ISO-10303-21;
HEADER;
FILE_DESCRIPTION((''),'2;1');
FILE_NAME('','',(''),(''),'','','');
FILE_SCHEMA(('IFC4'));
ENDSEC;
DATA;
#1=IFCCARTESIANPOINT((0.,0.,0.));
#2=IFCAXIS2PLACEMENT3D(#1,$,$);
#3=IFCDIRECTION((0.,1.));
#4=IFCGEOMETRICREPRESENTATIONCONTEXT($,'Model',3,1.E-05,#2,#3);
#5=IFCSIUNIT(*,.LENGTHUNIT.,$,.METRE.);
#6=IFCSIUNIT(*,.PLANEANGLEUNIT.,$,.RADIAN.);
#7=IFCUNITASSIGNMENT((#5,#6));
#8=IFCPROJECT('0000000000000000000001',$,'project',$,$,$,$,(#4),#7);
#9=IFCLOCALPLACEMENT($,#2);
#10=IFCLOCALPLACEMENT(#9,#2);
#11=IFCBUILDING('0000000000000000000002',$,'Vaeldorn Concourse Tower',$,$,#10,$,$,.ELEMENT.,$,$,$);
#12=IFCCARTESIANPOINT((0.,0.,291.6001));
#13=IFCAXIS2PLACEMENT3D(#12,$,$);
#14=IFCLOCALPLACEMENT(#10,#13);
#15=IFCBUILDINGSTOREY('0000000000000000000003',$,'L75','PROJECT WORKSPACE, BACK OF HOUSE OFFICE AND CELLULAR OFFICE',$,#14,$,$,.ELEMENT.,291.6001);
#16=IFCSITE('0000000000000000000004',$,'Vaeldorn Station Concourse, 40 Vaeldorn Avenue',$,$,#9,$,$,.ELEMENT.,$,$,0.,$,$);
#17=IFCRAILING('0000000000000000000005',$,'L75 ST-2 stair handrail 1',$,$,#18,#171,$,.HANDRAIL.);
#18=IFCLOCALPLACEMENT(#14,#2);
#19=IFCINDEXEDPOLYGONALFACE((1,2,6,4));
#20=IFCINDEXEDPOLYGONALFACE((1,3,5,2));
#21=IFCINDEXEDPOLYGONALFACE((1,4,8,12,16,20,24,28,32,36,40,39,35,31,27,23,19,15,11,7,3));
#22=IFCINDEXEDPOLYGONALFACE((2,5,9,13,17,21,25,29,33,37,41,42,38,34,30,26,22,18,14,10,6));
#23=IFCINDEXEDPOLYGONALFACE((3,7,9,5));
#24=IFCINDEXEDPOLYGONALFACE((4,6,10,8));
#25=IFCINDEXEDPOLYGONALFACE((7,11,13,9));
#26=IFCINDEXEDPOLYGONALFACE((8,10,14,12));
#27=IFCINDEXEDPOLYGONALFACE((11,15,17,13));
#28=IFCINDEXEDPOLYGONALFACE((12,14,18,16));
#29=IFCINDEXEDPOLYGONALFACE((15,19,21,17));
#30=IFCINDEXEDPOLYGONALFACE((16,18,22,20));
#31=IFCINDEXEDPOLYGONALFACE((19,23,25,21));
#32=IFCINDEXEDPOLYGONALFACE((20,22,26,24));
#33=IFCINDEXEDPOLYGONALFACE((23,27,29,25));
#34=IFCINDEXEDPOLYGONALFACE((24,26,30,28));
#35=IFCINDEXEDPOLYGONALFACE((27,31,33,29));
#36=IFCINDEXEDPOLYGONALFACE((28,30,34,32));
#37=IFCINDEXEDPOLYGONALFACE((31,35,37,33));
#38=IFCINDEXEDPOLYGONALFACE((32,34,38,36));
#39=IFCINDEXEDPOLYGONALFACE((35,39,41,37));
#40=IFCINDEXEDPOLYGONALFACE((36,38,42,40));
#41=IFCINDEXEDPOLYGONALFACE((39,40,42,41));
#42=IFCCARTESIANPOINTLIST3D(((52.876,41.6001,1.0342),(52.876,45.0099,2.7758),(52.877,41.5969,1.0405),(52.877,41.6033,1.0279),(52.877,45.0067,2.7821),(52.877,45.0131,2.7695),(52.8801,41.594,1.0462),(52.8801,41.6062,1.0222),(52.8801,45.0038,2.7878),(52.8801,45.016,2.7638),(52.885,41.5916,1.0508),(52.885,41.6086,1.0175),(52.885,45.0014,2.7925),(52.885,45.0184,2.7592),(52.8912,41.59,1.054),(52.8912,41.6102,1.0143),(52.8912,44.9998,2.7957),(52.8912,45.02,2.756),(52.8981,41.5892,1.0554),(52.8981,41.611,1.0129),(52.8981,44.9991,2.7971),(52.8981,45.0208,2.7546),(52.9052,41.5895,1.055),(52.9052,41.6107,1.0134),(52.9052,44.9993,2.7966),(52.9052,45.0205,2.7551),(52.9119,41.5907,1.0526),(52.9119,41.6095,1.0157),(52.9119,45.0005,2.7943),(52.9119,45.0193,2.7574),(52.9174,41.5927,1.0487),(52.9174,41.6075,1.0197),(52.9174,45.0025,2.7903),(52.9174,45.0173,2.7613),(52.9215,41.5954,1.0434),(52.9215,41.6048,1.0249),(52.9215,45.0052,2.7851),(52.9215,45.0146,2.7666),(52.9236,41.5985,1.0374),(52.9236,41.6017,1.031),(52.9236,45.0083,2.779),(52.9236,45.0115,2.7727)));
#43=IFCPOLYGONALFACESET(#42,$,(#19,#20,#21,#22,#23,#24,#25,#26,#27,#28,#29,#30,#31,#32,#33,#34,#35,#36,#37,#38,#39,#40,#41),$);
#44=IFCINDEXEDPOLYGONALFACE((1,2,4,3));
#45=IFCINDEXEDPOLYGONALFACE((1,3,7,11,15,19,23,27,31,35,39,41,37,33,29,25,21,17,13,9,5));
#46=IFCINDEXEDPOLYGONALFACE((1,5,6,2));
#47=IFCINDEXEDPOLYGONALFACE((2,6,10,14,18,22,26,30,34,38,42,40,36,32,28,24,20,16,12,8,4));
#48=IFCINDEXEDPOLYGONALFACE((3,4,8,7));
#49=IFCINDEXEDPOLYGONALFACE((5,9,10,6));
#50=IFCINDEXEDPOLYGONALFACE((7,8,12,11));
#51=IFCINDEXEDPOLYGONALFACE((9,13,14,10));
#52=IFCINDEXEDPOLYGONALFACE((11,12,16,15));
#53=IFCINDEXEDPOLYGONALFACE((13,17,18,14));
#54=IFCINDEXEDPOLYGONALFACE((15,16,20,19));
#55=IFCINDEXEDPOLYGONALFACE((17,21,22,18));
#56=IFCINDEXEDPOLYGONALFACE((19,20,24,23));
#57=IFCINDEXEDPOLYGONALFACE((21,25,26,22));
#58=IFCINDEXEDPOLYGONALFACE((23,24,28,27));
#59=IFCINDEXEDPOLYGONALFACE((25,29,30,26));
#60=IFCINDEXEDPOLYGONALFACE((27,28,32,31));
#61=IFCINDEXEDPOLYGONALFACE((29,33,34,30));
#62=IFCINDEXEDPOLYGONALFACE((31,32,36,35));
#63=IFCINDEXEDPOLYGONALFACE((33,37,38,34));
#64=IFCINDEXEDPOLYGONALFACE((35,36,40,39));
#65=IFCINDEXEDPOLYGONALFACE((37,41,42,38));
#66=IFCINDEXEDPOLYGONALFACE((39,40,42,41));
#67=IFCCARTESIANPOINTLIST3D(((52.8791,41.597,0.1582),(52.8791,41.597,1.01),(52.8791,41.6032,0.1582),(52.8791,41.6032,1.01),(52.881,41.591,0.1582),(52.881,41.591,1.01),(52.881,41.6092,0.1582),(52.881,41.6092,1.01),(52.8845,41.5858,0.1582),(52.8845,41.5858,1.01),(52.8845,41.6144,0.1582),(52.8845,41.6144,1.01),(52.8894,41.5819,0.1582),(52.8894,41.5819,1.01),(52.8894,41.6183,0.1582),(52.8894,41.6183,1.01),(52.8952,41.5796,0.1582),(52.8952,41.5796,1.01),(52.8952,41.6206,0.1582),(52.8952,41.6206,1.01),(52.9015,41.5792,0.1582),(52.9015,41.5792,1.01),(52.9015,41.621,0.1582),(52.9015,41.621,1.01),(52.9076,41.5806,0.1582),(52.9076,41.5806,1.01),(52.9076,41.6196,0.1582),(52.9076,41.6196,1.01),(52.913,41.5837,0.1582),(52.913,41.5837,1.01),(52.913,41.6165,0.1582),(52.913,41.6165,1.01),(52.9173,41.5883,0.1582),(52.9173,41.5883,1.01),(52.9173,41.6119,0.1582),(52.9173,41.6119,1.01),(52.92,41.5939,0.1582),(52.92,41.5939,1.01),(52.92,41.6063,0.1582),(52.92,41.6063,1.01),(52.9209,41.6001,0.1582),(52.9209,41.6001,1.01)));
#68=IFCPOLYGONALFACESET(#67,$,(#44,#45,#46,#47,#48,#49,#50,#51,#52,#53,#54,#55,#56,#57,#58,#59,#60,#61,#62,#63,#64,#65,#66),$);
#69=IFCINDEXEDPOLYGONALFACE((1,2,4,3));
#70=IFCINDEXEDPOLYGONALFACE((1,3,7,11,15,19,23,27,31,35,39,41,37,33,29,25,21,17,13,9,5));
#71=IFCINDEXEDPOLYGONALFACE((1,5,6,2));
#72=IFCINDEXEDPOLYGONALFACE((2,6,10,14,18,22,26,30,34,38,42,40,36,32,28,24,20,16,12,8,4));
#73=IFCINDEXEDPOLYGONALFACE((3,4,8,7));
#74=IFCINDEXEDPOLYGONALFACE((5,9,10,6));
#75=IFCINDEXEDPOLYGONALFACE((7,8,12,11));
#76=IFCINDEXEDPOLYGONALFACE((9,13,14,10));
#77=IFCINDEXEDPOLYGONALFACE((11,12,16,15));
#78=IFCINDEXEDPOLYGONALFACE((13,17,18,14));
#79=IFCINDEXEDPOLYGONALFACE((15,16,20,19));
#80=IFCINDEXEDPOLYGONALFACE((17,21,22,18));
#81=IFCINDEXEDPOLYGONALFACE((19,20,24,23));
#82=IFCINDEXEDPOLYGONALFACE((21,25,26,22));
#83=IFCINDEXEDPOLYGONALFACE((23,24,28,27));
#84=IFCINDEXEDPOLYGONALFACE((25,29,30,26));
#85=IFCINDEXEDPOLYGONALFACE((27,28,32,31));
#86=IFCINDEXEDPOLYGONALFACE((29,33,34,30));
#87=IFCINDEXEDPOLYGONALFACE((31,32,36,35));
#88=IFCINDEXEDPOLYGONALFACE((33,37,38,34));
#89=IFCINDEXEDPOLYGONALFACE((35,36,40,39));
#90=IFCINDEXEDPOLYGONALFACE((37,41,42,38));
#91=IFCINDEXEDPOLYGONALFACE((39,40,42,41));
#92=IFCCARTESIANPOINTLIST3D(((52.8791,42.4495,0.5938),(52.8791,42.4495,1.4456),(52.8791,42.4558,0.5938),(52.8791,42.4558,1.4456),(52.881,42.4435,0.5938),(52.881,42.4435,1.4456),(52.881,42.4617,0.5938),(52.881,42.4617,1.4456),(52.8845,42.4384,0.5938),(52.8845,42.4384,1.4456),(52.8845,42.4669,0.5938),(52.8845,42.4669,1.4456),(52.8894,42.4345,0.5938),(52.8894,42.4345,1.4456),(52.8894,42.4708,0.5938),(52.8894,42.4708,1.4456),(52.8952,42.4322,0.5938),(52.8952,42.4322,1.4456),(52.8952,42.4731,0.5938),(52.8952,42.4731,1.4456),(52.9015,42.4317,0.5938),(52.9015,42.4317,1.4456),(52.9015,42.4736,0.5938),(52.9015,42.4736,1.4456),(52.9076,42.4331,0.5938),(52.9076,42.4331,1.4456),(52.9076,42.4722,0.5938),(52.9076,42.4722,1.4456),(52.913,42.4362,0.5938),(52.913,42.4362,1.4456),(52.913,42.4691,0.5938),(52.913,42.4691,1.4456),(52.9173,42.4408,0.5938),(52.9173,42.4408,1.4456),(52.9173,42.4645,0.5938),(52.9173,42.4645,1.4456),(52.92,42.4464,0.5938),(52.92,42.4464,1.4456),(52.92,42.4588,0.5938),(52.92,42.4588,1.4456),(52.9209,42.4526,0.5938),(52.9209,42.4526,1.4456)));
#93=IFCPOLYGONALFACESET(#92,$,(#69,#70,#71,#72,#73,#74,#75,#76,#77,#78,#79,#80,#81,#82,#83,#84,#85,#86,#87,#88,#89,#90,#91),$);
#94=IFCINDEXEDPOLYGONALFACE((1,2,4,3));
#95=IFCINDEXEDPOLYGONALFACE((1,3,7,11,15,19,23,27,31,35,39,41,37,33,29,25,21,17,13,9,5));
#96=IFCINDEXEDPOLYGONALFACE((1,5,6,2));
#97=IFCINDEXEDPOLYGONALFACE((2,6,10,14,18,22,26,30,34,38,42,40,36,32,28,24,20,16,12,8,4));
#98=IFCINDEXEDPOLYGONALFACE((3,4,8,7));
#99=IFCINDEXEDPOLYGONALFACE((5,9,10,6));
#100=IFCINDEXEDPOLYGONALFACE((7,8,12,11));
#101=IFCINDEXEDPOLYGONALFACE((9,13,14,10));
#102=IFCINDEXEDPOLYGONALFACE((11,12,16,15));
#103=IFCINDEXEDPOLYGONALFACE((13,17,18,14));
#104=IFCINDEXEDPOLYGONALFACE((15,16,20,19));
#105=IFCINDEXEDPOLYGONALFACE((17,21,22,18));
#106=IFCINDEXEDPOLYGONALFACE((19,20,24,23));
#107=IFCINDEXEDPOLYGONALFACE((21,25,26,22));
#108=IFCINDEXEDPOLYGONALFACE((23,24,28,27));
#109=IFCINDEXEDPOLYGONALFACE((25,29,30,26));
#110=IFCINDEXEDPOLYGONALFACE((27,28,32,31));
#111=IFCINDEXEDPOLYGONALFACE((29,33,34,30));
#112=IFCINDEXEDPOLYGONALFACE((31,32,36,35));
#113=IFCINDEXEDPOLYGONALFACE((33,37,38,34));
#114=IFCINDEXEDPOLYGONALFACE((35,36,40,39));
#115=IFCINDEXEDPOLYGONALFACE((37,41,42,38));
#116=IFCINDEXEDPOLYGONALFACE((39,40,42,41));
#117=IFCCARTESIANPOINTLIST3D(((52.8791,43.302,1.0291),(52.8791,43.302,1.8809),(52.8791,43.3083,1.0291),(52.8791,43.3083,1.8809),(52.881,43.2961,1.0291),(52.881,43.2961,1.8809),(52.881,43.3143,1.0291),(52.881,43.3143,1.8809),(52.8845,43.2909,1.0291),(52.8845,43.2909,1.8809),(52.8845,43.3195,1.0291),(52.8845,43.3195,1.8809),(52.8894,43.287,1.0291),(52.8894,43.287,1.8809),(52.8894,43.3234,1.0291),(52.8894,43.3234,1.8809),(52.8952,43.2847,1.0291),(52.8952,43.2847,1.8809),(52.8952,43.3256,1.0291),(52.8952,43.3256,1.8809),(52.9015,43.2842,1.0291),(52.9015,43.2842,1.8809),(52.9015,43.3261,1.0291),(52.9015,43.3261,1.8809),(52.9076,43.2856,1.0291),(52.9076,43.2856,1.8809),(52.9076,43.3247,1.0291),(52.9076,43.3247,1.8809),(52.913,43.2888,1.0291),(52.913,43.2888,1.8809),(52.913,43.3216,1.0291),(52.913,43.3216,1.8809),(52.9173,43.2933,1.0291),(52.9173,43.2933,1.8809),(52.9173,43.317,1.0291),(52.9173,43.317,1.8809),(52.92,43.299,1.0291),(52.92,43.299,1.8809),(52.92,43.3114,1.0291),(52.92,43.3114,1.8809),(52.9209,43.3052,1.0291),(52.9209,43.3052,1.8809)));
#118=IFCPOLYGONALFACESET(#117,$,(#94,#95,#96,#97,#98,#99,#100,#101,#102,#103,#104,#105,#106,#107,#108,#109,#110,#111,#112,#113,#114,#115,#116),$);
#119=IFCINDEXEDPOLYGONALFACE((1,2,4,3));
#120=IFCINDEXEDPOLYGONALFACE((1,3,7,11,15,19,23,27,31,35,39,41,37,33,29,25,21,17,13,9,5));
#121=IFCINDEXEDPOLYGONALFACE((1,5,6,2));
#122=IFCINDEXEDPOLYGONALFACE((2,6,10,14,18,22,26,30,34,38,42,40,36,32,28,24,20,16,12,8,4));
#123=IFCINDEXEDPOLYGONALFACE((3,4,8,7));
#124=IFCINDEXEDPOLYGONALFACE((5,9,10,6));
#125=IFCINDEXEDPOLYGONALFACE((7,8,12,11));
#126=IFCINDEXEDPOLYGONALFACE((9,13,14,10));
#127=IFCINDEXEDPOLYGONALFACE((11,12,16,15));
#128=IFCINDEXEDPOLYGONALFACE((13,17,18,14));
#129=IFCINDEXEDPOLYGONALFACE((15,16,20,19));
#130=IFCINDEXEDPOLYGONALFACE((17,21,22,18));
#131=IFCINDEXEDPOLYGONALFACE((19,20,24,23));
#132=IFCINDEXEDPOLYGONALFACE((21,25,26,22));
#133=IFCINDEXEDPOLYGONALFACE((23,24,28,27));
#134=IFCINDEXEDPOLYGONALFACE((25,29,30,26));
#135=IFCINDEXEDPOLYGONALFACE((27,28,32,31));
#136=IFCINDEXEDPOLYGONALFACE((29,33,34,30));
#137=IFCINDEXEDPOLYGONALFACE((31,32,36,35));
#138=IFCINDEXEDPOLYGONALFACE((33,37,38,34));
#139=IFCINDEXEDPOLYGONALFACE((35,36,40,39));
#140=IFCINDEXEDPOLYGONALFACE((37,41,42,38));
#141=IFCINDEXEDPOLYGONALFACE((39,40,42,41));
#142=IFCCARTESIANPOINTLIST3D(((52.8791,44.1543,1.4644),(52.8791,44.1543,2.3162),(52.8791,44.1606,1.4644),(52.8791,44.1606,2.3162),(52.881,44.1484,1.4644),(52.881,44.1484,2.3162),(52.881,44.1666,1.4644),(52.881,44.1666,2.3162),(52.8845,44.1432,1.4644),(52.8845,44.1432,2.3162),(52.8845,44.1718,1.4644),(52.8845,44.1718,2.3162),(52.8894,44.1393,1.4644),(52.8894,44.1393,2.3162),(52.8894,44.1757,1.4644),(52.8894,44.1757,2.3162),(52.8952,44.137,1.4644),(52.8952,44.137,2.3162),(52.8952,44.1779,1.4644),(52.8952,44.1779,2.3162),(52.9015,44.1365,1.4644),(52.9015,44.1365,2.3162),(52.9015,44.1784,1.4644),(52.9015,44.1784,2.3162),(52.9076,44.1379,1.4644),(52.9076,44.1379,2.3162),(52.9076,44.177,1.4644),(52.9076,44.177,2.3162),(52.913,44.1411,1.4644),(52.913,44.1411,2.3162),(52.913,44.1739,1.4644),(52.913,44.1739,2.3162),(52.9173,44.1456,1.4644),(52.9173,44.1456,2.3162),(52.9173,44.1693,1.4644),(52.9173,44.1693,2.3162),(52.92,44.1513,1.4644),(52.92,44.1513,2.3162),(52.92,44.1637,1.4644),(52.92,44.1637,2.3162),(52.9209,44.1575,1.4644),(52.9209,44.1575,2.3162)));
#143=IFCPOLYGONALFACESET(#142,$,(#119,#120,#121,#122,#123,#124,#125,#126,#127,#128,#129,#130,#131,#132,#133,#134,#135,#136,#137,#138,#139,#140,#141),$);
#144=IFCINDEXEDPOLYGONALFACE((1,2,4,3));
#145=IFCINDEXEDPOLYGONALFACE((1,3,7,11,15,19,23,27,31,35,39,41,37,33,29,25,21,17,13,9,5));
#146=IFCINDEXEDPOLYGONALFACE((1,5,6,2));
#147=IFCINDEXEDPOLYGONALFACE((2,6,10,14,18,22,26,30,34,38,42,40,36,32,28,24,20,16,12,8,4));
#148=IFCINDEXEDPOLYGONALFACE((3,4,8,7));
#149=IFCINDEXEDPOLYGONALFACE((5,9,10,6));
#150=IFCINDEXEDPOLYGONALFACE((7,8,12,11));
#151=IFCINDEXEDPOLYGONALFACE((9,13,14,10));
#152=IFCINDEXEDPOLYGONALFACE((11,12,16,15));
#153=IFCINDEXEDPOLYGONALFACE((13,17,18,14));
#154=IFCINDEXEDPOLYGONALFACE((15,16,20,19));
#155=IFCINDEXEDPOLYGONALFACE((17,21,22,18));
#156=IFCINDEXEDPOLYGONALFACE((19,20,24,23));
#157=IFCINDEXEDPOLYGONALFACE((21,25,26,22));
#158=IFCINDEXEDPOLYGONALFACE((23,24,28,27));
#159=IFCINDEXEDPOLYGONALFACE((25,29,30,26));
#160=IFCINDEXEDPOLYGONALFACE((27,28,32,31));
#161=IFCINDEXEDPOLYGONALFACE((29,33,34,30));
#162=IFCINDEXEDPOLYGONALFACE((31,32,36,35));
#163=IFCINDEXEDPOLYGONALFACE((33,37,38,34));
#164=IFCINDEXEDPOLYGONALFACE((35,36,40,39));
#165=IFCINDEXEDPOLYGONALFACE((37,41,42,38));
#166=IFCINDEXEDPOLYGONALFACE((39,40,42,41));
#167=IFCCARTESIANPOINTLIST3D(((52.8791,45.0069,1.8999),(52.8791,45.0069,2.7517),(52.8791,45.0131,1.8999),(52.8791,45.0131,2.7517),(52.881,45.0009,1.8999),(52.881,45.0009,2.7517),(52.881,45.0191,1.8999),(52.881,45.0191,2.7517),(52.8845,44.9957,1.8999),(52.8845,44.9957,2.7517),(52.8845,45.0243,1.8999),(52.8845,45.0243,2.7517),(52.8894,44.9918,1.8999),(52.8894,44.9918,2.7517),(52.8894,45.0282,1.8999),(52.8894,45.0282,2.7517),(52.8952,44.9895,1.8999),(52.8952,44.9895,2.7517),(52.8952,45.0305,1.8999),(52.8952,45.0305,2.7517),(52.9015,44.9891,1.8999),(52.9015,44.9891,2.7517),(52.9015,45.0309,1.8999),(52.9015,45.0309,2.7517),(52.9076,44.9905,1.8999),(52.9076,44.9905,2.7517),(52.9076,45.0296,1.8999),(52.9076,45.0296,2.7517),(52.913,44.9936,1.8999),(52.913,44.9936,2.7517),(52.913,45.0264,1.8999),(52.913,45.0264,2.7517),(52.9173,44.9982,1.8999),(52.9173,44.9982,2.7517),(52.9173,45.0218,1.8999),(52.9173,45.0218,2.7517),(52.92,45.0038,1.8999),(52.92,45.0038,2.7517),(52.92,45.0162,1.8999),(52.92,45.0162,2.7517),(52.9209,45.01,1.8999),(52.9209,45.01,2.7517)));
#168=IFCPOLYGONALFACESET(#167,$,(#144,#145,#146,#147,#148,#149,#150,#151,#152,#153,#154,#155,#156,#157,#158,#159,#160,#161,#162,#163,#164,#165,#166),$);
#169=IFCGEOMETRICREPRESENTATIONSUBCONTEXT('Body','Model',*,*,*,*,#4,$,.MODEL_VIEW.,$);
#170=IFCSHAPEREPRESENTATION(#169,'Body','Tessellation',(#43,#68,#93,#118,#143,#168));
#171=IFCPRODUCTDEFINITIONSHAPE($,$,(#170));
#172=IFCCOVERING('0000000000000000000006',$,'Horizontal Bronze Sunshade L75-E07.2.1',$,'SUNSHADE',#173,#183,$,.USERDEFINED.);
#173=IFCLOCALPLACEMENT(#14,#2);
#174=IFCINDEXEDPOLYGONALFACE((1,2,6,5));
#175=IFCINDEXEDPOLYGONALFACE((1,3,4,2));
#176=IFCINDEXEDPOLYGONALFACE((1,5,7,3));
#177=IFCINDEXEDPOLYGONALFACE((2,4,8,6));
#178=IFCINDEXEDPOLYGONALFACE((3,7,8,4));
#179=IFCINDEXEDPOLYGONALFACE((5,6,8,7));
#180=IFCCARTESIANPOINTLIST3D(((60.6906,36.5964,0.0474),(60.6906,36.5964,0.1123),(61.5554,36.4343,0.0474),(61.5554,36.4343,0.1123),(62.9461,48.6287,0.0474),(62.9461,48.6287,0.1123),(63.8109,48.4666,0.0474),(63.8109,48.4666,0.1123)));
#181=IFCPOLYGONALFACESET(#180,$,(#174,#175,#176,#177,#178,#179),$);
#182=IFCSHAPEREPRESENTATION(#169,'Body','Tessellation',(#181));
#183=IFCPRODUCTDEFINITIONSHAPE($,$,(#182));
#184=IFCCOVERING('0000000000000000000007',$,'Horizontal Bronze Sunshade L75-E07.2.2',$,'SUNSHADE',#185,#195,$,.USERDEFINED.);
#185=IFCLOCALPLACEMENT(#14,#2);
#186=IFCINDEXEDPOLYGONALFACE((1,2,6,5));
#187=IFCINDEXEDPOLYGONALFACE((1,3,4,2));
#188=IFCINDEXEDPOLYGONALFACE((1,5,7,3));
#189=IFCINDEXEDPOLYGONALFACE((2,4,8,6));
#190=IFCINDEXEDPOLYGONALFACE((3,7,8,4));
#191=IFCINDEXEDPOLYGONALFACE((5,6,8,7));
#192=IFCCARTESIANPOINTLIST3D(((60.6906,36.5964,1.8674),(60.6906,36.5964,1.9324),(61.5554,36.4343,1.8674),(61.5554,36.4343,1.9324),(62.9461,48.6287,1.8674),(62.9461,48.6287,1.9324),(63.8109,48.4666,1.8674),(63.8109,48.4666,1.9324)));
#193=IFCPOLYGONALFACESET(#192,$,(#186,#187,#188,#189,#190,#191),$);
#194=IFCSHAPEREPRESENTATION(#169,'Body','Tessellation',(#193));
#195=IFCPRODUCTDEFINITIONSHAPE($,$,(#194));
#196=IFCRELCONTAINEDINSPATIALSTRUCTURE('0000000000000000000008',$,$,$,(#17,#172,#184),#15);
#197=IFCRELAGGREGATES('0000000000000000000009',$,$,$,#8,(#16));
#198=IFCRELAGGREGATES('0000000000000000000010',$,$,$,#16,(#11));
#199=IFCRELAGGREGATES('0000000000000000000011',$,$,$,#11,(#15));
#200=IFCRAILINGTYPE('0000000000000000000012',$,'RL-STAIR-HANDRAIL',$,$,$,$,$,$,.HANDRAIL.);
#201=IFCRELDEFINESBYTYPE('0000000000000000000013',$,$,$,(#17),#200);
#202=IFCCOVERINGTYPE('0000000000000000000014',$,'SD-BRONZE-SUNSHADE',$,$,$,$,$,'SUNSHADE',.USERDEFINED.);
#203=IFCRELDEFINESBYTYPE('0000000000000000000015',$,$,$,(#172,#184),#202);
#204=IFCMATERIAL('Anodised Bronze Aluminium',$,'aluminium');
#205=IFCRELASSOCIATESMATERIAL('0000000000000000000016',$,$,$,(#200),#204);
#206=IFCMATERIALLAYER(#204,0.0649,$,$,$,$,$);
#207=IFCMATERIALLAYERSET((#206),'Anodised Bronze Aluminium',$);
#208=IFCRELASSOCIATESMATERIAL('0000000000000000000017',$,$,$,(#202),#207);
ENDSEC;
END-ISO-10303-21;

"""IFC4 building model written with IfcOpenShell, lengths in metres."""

from ifc_helpers import new_model, si_unit, direction, frame, origin, origin_2d, place, context, subcontext, project, spatial, rectangle, circle, extrude, source, transform, mapped, material, layer, layer_set, type_object, element, save


model = new_model("IFC4")

# Units and contexts
model_context = context("Model", 3, precision=1e-05, world=origin(), true_north=direction((0.0, 1.0)))
body_context = subcontext(model_context, "Body", "Model", "MODEL_VIEW")
ifc_project = project(units=[si_unit("LENGTHUNIT", "METRE"), si_unit("PLANEANGLEUNIT", "RADIAN")], contexts=[model_context])

# Site, building, storey
site_placement = place(None, origin())
site = spatial("IfcSite", under=ifc_project, at=site_placement, Name="Vaeldorn Station Concourse, 40 Vaeldorn Avenue", CompositionType="ELEMENT", RefElevation=0.0)
building_placement = place(site_placement, origin())
building = spatial("IfcBuilding", under=site, at=building_placement, Name="Vaeldorn Concourse Tower", CompositionType="ELEMENT")
storey_placement = place(building_placement, frame((0.0, 0.0, 291.6001)))
storey = spatial("IfcBuildingStorey", under=building, at=storey_placement, Name="L75", Description="PROJECT WORKSPACE, BACK OF HOUSE OFFICE AND CELLULAR OFFICE", CompositionType="ELEMENT", Elevation=291.6001)

# Shared definitions
ifc_material_1 = material(Name="Anodised Bronze Aluminium", Category="aluminium")

# Railing
railing_type_1 = type_object("IfcRailingType", Name="RL-STAIR-HANDRAIL", PredefinedType="HANDRAIL", material=ifc_material_1)
railing_1_placement = place(storey_placement, frame((52.8999, 41.6001, 0.1582)))
element("IfcRailing", 1, at=railing_1_placement, inside=storey, type_object=railing_type_1, Name="L75 ST-2 stair handrail 1", PredefinedType="HANDRAIL", context=body_context, shape_type="SweptSolid", body=[
    extrude(circle(Radius=0.0239, at=origin_2d()), frame((0.0, 0.0, 0.876), z_axis=(0.0, 0.890556, 0.454874), x_axis=(-1.0, 0.0, 0.0)), (0.0, 0.0, 1.0), 3.8289),
    extrude(circle(Radius=0.021, at=origin_2d()), origin(), (0.0, 0.0, 1.0), 0.8518),
    extrude(circle(Radius=0.021, at=origin_2d()), frame((0.0, 0.8525, 0.4355)), (0.0, 0.0, 1.0), 0.8518),
    extrude(circle(Radius=0.021, at=origin_2d()), frame((0.0, 1.7051, 0.8708)), (0.0, 0.0, 1.0), 0.8518),
    extrude(circle(Radius=0.021, at=origin_2d()), frame((0.0, 2.5574, 1.3062)), (0.0, 0.0, 1.0), 0.8518),
    extrude(circle(Radius=0.021, at=origin_2d()), frame((0.0, 3.4099, 1.7417)), (0.0, 0.0, 1.0), 0.8518),
])

# Coverings
ifc_layer_1 = layer(ifc_material_1, 0.0649)
ifc_layer_set_1 = layer_set([ifc_layer_1], Name="Anodised Bronze Aluminium")
covering_type = type_object("IfcCoveringType", Name="SD-BRONZE-SUNSHADE", ElementType="SUNSHADE", PredefinedType="USERDEFINED", material=ifc_layer_set_1)
shared_shape_1 = source(origin(), body_context, "Body", "SweptSolid", [
    extrude(rectangle(XDim=12.2419, YDim=0.8799, at=origin_2d()), origin(), (0.0, 0.0, 1.0), 0.0649),
])
for number, where, z_axis, x_axis, name in (
    (2, (62.2507, 42.5315, 0.0474), (0.0, 0.0, 1.0), (0.184243, 0.982881, 0.0), "Horizontal Bronze Sunshade L75-E07.2.1"),
    (3, (62.2507, 42.5315, 1.8674), (0.0, 0.0, 1.0), (0.184243, 0.982881, 0.0), "Horizontal Bronze Sunshade L75-E07.2.2"),
):
    element("IfcCovering", number, at=place(storey_placement, frame(where, z_axis=z_axis, x_axis=x_axis)), inside=storey, type_object=covering_type, Name=name, ObjectType="SUNSHADE", PredefinedType="USERDEFINED", context=body_context, shape_type="MappedRepresentation", body=[
        mapped(shared_shape_1, transform((0.0, 0.0, 0.0), scale=1.0)),
    ])

save(model, "model.ifc")
